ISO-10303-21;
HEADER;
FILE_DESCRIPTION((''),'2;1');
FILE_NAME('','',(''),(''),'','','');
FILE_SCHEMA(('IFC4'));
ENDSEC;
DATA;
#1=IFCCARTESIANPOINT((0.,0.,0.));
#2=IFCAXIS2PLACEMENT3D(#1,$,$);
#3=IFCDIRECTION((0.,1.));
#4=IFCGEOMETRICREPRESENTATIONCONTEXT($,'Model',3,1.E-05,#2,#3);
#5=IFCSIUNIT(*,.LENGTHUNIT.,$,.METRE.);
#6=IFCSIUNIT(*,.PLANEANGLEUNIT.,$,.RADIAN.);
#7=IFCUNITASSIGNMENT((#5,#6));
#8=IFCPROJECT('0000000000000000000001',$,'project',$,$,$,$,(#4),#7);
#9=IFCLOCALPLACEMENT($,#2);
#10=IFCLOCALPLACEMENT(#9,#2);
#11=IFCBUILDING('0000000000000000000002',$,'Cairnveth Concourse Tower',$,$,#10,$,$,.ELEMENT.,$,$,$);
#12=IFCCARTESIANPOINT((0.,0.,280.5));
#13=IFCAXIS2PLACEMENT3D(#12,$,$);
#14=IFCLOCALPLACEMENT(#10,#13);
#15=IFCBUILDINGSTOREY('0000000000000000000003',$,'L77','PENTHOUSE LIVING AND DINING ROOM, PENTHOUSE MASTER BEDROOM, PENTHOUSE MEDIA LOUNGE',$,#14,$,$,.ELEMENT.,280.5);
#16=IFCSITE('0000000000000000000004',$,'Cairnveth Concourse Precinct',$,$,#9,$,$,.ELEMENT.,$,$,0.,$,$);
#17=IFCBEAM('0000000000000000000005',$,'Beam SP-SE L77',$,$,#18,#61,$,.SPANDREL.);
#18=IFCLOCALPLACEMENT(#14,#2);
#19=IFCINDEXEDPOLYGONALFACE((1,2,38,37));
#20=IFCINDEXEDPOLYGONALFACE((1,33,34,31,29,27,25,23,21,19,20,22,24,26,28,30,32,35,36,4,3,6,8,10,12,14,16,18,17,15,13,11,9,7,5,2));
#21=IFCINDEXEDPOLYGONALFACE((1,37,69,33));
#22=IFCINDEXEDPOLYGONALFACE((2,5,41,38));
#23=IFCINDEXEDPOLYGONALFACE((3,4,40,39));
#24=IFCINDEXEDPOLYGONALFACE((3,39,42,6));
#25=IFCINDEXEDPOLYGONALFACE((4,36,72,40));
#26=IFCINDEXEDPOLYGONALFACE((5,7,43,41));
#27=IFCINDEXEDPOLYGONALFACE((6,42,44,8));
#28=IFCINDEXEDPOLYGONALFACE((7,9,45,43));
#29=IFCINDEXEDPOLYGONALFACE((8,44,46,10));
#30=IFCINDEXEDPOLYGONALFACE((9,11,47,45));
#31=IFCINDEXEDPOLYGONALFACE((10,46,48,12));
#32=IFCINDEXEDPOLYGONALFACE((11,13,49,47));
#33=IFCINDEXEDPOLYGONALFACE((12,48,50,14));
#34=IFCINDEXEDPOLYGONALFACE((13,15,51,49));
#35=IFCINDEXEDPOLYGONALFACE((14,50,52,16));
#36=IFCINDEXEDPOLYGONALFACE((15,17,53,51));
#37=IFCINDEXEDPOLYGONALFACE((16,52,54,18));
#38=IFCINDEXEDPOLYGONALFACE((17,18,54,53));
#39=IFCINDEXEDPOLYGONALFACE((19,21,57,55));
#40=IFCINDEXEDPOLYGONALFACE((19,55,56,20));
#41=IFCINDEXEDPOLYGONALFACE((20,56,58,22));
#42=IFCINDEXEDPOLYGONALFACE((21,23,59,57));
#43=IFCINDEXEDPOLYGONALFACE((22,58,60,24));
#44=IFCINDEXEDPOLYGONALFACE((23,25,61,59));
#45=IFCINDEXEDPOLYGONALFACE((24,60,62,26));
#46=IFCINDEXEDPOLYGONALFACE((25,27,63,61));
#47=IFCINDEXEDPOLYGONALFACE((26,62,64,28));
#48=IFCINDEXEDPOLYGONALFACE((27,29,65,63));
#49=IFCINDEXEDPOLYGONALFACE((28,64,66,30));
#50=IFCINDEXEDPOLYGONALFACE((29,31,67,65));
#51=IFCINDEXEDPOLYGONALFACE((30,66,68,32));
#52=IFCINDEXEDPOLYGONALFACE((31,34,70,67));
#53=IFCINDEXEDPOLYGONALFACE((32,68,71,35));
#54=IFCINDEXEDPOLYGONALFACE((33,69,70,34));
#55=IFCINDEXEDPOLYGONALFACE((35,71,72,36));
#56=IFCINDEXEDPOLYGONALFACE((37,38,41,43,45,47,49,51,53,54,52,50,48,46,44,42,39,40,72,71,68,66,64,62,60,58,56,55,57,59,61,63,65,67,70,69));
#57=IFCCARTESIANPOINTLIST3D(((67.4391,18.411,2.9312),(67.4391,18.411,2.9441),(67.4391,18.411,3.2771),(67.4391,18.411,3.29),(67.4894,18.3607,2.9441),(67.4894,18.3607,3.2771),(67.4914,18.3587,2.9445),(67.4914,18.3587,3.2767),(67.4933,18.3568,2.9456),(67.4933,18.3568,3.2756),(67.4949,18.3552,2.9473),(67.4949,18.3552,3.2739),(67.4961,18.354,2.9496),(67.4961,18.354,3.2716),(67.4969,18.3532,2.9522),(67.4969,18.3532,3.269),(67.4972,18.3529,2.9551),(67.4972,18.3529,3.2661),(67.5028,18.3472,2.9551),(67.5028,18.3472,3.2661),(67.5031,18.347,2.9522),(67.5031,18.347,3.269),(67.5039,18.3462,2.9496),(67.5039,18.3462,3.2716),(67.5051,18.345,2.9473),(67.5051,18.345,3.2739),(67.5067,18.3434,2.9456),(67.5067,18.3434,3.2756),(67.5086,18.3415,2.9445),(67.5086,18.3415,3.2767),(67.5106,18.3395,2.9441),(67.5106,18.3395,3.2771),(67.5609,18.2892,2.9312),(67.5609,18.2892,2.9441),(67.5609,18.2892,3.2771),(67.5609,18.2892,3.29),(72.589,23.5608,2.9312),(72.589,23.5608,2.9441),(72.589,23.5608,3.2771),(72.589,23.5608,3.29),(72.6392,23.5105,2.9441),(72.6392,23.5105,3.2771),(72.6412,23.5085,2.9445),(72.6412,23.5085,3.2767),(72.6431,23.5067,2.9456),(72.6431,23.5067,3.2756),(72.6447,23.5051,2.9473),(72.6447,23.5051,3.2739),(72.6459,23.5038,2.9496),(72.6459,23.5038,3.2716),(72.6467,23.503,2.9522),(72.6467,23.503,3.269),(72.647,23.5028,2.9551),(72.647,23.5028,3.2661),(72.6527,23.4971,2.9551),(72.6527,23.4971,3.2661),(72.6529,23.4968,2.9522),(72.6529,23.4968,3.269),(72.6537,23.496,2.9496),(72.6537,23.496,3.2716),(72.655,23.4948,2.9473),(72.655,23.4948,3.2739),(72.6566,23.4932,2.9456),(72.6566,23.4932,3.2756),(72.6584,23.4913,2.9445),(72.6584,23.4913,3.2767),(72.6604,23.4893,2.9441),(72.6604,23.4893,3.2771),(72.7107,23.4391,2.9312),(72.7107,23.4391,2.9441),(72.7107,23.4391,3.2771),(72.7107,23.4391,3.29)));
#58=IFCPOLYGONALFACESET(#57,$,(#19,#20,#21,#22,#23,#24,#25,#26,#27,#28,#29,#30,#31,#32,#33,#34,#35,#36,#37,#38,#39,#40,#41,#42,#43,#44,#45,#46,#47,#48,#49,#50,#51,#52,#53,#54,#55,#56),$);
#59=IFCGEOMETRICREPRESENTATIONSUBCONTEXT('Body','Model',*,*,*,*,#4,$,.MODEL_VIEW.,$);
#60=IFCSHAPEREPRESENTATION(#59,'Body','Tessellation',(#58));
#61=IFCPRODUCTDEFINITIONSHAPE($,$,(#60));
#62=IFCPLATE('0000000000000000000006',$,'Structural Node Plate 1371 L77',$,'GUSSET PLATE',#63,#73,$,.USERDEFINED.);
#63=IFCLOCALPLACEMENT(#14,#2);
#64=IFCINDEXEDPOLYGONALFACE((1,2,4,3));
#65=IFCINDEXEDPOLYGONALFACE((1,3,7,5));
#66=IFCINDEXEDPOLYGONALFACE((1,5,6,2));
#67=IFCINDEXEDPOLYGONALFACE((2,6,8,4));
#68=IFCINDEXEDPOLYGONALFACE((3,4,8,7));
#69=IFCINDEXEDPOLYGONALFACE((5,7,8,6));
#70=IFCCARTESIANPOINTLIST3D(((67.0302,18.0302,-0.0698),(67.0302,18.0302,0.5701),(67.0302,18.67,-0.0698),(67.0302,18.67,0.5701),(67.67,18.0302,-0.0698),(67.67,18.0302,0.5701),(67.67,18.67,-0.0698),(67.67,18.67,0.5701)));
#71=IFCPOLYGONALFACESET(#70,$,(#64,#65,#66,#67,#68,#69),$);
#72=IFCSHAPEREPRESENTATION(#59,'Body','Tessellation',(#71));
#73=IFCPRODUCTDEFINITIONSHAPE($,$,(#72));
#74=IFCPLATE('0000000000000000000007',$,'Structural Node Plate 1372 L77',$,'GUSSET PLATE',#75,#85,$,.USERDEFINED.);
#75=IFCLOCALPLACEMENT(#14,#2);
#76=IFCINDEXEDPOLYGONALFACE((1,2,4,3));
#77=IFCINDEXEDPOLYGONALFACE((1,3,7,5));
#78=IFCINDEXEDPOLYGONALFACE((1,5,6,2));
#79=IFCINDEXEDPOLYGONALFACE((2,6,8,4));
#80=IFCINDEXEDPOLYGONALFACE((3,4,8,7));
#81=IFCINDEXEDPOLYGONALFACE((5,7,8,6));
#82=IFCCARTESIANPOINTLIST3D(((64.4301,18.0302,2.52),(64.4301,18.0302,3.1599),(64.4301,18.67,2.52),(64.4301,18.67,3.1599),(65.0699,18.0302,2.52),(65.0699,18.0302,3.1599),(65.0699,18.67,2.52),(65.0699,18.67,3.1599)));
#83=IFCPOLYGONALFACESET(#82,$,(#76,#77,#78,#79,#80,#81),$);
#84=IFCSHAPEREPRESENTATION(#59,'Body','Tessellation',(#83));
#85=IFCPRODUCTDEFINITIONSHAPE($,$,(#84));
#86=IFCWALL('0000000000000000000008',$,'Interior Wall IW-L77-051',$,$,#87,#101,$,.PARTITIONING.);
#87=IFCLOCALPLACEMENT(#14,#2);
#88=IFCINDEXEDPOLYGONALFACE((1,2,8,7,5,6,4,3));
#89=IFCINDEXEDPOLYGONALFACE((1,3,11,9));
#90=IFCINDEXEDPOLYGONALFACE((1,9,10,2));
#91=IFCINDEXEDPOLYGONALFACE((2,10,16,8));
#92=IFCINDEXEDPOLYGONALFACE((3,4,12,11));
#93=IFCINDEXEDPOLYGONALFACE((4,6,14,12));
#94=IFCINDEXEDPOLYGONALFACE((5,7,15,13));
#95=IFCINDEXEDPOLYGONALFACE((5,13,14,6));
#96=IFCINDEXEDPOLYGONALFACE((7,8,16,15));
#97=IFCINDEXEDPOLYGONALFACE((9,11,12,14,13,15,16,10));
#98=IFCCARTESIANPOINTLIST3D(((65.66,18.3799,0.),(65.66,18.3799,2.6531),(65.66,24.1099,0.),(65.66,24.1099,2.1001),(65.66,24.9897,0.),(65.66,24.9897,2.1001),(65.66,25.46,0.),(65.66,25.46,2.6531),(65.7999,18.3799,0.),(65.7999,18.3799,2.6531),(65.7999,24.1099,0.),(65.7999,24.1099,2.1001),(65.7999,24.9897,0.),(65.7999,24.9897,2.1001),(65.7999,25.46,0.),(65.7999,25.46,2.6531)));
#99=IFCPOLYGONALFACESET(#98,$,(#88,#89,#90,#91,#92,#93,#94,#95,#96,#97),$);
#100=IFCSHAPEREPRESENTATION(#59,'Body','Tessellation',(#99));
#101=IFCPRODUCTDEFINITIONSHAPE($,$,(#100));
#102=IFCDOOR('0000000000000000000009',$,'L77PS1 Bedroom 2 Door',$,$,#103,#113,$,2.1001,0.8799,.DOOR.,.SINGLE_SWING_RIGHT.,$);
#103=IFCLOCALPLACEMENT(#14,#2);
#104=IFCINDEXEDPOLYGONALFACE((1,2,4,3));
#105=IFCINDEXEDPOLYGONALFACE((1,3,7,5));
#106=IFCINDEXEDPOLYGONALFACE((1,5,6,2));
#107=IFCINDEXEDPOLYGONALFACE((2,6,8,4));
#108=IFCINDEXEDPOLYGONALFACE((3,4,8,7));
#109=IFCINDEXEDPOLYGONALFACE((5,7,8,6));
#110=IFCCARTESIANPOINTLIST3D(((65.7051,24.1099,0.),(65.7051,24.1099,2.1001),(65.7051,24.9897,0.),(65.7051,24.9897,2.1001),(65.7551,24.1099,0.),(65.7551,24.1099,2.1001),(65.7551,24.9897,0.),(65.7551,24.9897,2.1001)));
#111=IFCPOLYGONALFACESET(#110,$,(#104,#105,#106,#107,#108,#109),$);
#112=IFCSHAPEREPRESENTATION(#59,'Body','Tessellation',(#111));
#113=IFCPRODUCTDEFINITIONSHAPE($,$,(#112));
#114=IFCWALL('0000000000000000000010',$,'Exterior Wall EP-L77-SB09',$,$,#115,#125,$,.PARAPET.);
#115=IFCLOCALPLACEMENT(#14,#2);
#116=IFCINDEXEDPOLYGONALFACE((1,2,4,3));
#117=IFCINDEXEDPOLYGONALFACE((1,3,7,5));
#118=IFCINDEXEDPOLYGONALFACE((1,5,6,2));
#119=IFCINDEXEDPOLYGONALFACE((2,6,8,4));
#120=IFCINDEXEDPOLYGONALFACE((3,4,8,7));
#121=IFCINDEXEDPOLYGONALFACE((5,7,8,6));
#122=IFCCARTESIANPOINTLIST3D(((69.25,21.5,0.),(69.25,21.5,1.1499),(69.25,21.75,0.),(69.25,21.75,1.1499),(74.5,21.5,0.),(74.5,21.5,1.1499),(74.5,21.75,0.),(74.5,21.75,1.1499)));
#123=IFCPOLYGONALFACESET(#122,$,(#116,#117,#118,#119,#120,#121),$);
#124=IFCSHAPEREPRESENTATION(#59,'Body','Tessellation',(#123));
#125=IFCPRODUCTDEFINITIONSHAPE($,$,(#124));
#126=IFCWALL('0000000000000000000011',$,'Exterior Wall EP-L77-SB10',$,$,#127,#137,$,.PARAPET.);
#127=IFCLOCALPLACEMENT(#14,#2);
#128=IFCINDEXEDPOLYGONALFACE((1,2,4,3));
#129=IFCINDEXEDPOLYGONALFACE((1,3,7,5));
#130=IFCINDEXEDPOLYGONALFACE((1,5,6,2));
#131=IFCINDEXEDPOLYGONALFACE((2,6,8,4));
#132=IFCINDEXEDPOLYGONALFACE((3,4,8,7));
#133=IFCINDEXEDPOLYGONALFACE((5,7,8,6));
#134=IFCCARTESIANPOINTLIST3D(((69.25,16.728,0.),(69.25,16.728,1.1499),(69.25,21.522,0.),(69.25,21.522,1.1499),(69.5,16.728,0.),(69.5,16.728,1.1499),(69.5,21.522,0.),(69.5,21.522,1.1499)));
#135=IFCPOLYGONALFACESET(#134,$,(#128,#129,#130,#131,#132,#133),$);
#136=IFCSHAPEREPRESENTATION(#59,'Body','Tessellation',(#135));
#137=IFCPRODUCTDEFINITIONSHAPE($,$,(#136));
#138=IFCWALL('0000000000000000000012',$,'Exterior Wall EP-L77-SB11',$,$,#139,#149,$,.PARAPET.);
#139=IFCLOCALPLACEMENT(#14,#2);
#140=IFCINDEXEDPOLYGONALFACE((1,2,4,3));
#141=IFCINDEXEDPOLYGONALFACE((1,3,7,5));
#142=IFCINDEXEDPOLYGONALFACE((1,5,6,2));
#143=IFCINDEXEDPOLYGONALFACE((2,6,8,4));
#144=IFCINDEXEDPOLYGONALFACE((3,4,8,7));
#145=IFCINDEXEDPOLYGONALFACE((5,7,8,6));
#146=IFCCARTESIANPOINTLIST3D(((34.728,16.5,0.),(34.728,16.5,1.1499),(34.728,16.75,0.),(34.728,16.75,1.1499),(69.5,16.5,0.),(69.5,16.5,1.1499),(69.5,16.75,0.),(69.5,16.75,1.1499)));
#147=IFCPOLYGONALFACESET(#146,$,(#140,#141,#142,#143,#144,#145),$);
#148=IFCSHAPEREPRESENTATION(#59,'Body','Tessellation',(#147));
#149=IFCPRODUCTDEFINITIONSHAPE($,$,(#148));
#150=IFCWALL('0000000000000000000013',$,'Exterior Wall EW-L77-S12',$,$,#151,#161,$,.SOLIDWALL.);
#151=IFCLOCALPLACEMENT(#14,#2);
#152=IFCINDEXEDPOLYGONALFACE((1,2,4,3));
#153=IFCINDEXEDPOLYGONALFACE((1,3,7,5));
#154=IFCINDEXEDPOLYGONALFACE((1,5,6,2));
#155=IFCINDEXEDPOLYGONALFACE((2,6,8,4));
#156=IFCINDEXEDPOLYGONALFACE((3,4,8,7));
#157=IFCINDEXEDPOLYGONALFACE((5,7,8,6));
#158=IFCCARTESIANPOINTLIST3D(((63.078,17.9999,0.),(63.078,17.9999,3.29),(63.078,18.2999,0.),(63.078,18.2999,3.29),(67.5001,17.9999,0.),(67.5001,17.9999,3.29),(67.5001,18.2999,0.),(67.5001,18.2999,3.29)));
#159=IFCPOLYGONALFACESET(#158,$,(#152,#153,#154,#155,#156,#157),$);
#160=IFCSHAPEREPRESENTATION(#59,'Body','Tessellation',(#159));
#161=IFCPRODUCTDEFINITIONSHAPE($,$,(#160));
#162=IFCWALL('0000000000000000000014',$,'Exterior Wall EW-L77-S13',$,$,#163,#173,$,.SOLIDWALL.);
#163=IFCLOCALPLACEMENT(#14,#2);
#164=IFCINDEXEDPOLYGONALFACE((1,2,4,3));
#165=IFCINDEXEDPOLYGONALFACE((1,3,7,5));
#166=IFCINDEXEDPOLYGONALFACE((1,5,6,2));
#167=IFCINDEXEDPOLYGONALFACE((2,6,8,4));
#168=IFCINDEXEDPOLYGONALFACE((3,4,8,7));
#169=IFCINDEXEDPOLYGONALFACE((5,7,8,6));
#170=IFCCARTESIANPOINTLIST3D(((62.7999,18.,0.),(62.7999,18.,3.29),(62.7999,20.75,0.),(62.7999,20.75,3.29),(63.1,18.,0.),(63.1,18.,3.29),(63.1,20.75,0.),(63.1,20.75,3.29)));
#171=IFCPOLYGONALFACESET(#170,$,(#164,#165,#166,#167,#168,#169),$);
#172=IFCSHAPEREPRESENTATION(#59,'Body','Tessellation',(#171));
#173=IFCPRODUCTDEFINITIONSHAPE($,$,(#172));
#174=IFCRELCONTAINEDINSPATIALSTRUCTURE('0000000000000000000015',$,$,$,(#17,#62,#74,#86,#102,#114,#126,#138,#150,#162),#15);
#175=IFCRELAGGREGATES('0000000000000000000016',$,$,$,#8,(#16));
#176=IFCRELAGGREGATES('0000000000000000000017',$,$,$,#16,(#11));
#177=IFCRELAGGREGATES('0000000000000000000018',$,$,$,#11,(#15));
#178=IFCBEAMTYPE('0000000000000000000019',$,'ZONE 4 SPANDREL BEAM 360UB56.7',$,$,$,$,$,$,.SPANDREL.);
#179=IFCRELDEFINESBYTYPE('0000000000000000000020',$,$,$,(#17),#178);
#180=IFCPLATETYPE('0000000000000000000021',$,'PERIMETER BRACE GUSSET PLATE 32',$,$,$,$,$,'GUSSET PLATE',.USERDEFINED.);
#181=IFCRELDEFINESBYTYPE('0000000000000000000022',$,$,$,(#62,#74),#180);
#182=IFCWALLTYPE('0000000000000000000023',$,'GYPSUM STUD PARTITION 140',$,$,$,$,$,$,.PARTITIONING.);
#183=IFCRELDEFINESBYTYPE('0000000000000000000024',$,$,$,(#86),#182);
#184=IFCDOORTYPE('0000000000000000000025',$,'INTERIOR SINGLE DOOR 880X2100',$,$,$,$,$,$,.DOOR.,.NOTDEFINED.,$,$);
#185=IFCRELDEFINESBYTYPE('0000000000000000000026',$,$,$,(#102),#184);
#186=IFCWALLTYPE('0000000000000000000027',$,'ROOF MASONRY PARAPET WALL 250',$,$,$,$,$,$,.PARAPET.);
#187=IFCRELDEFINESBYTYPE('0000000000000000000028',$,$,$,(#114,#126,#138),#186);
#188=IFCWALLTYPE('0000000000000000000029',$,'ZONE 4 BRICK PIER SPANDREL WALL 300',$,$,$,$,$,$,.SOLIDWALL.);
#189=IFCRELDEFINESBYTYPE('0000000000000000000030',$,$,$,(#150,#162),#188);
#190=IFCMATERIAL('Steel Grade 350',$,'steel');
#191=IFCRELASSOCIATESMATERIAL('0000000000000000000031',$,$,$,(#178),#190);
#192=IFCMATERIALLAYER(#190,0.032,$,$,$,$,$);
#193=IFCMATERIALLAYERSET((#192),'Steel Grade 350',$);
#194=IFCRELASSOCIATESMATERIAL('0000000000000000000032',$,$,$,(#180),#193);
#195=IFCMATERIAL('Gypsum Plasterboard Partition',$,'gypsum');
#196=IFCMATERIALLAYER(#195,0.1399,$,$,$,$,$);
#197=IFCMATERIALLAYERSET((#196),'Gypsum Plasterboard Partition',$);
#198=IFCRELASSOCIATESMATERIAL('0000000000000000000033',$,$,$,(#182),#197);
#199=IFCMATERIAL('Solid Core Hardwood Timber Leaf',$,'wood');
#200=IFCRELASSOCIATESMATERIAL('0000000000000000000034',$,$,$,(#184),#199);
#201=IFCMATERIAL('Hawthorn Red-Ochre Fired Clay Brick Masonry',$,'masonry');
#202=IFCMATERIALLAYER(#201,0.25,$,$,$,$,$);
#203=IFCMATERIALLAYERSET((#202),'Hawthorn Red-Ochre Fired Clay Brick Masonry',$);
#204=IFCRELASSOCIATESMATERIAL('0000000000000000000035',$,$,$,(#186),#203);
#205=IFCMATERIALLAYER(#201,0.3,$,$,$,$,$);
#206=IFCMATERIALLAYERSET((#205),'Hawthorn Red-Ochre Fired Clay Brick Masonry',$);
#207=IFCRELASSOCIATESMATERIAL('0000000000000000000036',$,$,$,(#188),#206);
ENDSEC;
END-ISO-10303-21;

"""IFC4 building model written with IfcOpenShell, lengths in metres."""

from ifc_helpers import new_model, si_unit, direction, frame, frame_2d, origin, origin_2d, place, context, subcontext, project, spatial, rectangle, i_section, extrude, material, layer, layer_set, material_profile, profile_set, type_object, element, fill, save


model = new_model("IFC4")

# Units and contexts
model_context = context("Model", 3, precision=1e-05, world=origin(), true_north=direction((0.0, 1.0)))
body_context = subcontext(model_context, "Body", "Model", "MODEL_VIEW")
ifc_project = project(units=[si_unit("LENGTHUNIT", "METRE"), si_unit("PLANEANGLEUNIT", "RADIAN")], contexts=[model_context])

# Site, building, storey
site_placement = place(None, origin())
site = spatial("IfcSite", under=ifc_project, at=site_placement, Name="Cairnveth Concourse Precinct", CompositionType="ELEMENT", RefElevation=0.0)
building_placement = place(site_placement, origin())
building = spatial("IfcBuilding", under=site, at=building_placement, Name="Cairnveth Concourse Tower", CompositionType="ELEMENT")
storey_placement = place(building_placement, frame((0.0, 0.0, 280.5)))
storey = spatial("IfcBuildingStorey", under=building, at=storey_placement, Name="L77", Description="PENTHOUSE LIVING AND DINING ROOM, PENTHOUSE MASTER BEDROOM, PENTHOUSE MEDIA LOUNGE", CompositionType="ELEMENT", Elevation=280.5)

# Shared definitions
ifc_material_1 = material(Name="Steel Grade 350", Category="steel")

# Beam
ifc_material_profile_1 = material_profile(ifc_material_1, i_section(OverallWidth=0.1721, OverallDepth=0.3589, WebThickness=0.0081, FlangeThickness=0.0129, FilletRadius=0.011, at=origin_2d()), Name="360UB56.7")
ifc_profile_set_1 = profile_set([ifc_material_profile_1], Name="Steel Grade 350")
beam_type_1 = type_object("IfcBeamType", Name="ZONE 4 SPANDREL BEAM 360UB56.7", PredefinedType="SPANDREL", material=ifc_profile_set_1)
beam_1_placement = place(storey_placement, frame((67.5, 18.3501, 3.1106), z_axis=(0.707107, 0.707107, 0.0), x_axis=(-0.707107, 0.707107, 0.0)))
element("IfcBeam", 1, at=beam_1_placement, inside=storey, type_object=beam_type_1, Name="Beam SP-SE L77", PredefinedType="SPANDREL", context=body_context, shape_type="SweptSolid", body=[
    extrude(i_section(OverallWidth=0.1721, OverallDepth=0.3589, WebThickness=0.0081, FlangeThickness=0.0129, FilletRadius=0.011, at=origin_2d()), origin(), (0.0, 0.0, 1.0), 7.283),
])

# Plates
ifc_layer_1 = layer(ifc_material_1, 0.032)
ifc_layer_set_1 = layer_set([ifc_layer_1], Name="Steel Grade 350")
plate_type = type_object("IfcPlateType", Name="PERIMETER BRACE GUSSET PLATE 32", ElementType="GUSSET PLATE", PredefinedType="USERDEFINED", material=ifc_layer_set_1)
for number, where, z_axis, x_axis, name in (
    (2, (67.3501, 18.3501, -0.0698), (0.0, 0.0, 1.0), (1.0, 0.0, 0.0), "Structural Node Plate 1371 L77"),
    (3, (64.75, 18.3501, 2.52), (0.0, 0.0, 1.0), (1.0, 0.0, 0.0), "Structural Node Plate 1372 L77"),
):
    element("IfcPlate", number, at=place(storey_placement, frame(where, z_axis=z_axis, x_axis=x_axis)), inside=storey, type_object=plate_type, Name=name, ObjectType="GUSSET PLATE", PredefinedType="USERDEFINED", context=body_context, shape_type="SweptSolid", body=[
        extrude(rectangle(XDim=0.6399, YDim=0.6399, at=origin_2d()), origin(), (0.0, 0.0, 1.0), 0.6399),
    ])

# Wall, opening, door
ifc_material_2 = material(Name="Gypsum Plasterboard Partition", Category="gypsum")
ifc_layer_2 = layer(ifc_material_2, 0.1399)
ifc_layer_set_2 = layer_set([ifc_layer_2], Name="Gypsum Plasterboard Partition")
wall_type_1 = type_object("IfcWallType", Name="GYPSUM STUD PARTITION 140", PredefinedType="PARTITIONING", material=ifc_layer_set_2)
wall_1_placement = place(storey_placement, frame((65.73, 18.3799, 0.0), z_axis=(0.0, 0.0, 1.0), x_axis=(0.0, 1.0, 0.0)))
wall_1 = element("IfcWall", 4, at=wall_1_placement, inside=storey, type_object=wall_type_1, Name="Interior Wall IW-L77-051", PredefinedType="PARTITIONING", context=body_context, shape_type="SweptSolid", body=[
    extrude(rectangle(XDim=7.0801, YDim=0.1399, at=frame_2d((3.54, 0.0))), origin(), (0.0, 0.0, 1.0), 2.6531),
])
opening_1_placement = place(wall_1_placement, frame((5.73, 0.0, 0.0)))
opening_1 = element("IfcOpeningElement", 5, at=opening_1_placement, cuts=wall_1, PredefinedType="OPENING", context=body_context, shape_type="SweptSolid", body=[
    extrude(rectangle(XDim=0.8799, YDim=2.1001, at=frame_2d((0.4399, 1.05))), frame((0.0, 0.0798, 0.0), z_axis=(0.0, -1.0, 0.0), x_axis=(1.0, 0.0, 0.0)), (0.0, 0.0, 1.0), 0.1599),
])
ifc_material_3 = material(Name="Solid Core Hardwood Timber Leaf", Category="wood")
door_type_1 = type_object("IfcDoorType", Name="INTERIOR SINGLE DOOR 880X2100", OperationType="NOTDEFINED", PredefinedType="DOOR", material=ifc_material_3)
door_1_placement = place(opening_1_placement, origin())
door_1 = element("IfcDoor", 6, at=door_1_placement, inside=storey, type_object=door_type_1, Name="L77PS1 Bedroom 2 Door", OperationType="SINGLE_SWING_RIGHT", OverallHeight=2.1001, OverallWidth=0.8799, PredefinedType="DOOR", context=body_context, shape_type="SweptSolid", body=[
    extrude(rectangle(XDim=0.8799, YDim=2.1001, at=frame_2d((0.4399, 1.05))), frame((0.0, 0.0249, 0.0), z_axis=(0.0, -1.0, 0.0), x_axis=(1.0, 0.0, 0.0)), (0.0, 0.0, 1.0), 0.05),
])
fill(opening_1, door_1)

# Walls
ifc_material_4 = material(Name="Hawthorn Red-Ochre Fired Clay Brick Masonry", Category="masonry")
ifc_layer_3 = layer(ifc_material_4, 0.25)
ifc_layer_set_3 = layer_set([ifc_layer_3], Name="Hawthorn Red-Ochre Fired Clay Brick Masonry")
wall_type_2 = type_object("IfcWallType", Name="ROOF MASONRY PARAPET WALL 250", PredefinedType="PARAPET", material=ifc_layer_set_3)
wall_2_placement = place(storey_placement, frame((74.5, 21.625, 0.0), z_axis=(0.0, 0.0, 1.0), x_axis=(-1.0, 0.0, 0.0)))
element("IfcWall", 7, at=wall_2_placement, inside=storey, type_object=wall_type_2, Name="Exterior Wall EP-L77-SB09", PredefinedType="PARAPET", context=body_context, shape_type="SweptSolid", body=[
    extrude(rectangle(XDim=5.25, YDim=0.25, at=frame_2d((2.625, 0.0))), origin(), (0.0, 0.0, 1.0), 1.1499),
])
wall_3_placement = place(storey_placement, frame((69.375, 21.522, 0.0), z_axis=(0.0, 0.0, 1.0), x_axis=(0.0, -1.0, 0.0)))
element("IfcWall", 8, at=wall_3_placement, inside=storey, type_object=wall_type_2, Name="Exterior Wall EP-L77-SB10", PredefinedType="PARAPET", context=body_context, shape_type="SweptSolid", body=[
    extrude(rectangle(XDim=4.7939, YDim=0.25, at=frame_2d((2.397, 0.0))), origin(), (0.0, 0.0, 1.0), 1.1499),
])
wall_4_placement = place(storey_placement, frame((69.5, 16.625, 0.0), z_axis=(0.0, 0.0, 1.0), x_axis=(-1.0, 0.0, 0.0)))
element("IfcWall", 9, at=wall_4_placement, inside=storey, type_object=wall_type_2, Name="Exterior Wall EP-L77-SB11", PredefinedType="PARAPET", context=body_context, shape_type="SweptSolid", body=[
    extrude(rectangle(XDim=34.772, YDim=0.25, at=frame_2d((17.386, 0.0))), origin(), (0.0, 0.0, 1.0), 1.1499),
])
ifc_layer_4 = layer(ifc_material_4, 0.3)
ifc_layer_set_4 = layer_set([ifc_layer_4], Name="Hawthorn Red-Ochre Fired Clay Brick Masonry")
wall_type_3 = type_object("IfcWallType", Name="ZONE 4 BRICK PIER SPANDREL WALL 300", PredefinedType="SOLIDWALL", material=ifc_layer_set_4)
wall_5_placement = place(storey_placement, frame((67.5, 18.1499, 0.0), z_axis=(0.0, 0.0, 1.0), x_axis=(-1.0, 0.0, 0.0)))
element("IfcWall", 10, at=wall_5_placement, inside=storey, type_object=wall_type_3, Name="Exterior Wall EW-L77-S12", PredefinedType="SOLIDWALL", context=body_context, shape_type="SweptSolid", body=[
    extrude(rectangle(XDim=4.4221, YDim=0.3, at=frame_2d((2.2109, 0.0))), origin(), (0.0, 0.0, 1.0), 3.29),
])
wall_6_placement = place(storey_placement, frame((62.95, 18.0, 0.0), z_axis=(0.0, 0.0, 1.0), x_axis=(0.0, 1.0, 0.0)))
element("IfcWall", 11, at=wall_6_placement, inside=storey, type_object=wall_type_3, Name="Exterior Wall EW-L77-S13", PredefinedType="SOLIDWALL", context=body_context, shape_type="SweptSolid", body=[
    extrude(rectangle(XDim=2.75, YDim=0.3, at=frame_2d((1.375, 0.0))), origin(), (0.0, 0.0, 1.0), 3.29),
])

save(model, "model.ifc")
